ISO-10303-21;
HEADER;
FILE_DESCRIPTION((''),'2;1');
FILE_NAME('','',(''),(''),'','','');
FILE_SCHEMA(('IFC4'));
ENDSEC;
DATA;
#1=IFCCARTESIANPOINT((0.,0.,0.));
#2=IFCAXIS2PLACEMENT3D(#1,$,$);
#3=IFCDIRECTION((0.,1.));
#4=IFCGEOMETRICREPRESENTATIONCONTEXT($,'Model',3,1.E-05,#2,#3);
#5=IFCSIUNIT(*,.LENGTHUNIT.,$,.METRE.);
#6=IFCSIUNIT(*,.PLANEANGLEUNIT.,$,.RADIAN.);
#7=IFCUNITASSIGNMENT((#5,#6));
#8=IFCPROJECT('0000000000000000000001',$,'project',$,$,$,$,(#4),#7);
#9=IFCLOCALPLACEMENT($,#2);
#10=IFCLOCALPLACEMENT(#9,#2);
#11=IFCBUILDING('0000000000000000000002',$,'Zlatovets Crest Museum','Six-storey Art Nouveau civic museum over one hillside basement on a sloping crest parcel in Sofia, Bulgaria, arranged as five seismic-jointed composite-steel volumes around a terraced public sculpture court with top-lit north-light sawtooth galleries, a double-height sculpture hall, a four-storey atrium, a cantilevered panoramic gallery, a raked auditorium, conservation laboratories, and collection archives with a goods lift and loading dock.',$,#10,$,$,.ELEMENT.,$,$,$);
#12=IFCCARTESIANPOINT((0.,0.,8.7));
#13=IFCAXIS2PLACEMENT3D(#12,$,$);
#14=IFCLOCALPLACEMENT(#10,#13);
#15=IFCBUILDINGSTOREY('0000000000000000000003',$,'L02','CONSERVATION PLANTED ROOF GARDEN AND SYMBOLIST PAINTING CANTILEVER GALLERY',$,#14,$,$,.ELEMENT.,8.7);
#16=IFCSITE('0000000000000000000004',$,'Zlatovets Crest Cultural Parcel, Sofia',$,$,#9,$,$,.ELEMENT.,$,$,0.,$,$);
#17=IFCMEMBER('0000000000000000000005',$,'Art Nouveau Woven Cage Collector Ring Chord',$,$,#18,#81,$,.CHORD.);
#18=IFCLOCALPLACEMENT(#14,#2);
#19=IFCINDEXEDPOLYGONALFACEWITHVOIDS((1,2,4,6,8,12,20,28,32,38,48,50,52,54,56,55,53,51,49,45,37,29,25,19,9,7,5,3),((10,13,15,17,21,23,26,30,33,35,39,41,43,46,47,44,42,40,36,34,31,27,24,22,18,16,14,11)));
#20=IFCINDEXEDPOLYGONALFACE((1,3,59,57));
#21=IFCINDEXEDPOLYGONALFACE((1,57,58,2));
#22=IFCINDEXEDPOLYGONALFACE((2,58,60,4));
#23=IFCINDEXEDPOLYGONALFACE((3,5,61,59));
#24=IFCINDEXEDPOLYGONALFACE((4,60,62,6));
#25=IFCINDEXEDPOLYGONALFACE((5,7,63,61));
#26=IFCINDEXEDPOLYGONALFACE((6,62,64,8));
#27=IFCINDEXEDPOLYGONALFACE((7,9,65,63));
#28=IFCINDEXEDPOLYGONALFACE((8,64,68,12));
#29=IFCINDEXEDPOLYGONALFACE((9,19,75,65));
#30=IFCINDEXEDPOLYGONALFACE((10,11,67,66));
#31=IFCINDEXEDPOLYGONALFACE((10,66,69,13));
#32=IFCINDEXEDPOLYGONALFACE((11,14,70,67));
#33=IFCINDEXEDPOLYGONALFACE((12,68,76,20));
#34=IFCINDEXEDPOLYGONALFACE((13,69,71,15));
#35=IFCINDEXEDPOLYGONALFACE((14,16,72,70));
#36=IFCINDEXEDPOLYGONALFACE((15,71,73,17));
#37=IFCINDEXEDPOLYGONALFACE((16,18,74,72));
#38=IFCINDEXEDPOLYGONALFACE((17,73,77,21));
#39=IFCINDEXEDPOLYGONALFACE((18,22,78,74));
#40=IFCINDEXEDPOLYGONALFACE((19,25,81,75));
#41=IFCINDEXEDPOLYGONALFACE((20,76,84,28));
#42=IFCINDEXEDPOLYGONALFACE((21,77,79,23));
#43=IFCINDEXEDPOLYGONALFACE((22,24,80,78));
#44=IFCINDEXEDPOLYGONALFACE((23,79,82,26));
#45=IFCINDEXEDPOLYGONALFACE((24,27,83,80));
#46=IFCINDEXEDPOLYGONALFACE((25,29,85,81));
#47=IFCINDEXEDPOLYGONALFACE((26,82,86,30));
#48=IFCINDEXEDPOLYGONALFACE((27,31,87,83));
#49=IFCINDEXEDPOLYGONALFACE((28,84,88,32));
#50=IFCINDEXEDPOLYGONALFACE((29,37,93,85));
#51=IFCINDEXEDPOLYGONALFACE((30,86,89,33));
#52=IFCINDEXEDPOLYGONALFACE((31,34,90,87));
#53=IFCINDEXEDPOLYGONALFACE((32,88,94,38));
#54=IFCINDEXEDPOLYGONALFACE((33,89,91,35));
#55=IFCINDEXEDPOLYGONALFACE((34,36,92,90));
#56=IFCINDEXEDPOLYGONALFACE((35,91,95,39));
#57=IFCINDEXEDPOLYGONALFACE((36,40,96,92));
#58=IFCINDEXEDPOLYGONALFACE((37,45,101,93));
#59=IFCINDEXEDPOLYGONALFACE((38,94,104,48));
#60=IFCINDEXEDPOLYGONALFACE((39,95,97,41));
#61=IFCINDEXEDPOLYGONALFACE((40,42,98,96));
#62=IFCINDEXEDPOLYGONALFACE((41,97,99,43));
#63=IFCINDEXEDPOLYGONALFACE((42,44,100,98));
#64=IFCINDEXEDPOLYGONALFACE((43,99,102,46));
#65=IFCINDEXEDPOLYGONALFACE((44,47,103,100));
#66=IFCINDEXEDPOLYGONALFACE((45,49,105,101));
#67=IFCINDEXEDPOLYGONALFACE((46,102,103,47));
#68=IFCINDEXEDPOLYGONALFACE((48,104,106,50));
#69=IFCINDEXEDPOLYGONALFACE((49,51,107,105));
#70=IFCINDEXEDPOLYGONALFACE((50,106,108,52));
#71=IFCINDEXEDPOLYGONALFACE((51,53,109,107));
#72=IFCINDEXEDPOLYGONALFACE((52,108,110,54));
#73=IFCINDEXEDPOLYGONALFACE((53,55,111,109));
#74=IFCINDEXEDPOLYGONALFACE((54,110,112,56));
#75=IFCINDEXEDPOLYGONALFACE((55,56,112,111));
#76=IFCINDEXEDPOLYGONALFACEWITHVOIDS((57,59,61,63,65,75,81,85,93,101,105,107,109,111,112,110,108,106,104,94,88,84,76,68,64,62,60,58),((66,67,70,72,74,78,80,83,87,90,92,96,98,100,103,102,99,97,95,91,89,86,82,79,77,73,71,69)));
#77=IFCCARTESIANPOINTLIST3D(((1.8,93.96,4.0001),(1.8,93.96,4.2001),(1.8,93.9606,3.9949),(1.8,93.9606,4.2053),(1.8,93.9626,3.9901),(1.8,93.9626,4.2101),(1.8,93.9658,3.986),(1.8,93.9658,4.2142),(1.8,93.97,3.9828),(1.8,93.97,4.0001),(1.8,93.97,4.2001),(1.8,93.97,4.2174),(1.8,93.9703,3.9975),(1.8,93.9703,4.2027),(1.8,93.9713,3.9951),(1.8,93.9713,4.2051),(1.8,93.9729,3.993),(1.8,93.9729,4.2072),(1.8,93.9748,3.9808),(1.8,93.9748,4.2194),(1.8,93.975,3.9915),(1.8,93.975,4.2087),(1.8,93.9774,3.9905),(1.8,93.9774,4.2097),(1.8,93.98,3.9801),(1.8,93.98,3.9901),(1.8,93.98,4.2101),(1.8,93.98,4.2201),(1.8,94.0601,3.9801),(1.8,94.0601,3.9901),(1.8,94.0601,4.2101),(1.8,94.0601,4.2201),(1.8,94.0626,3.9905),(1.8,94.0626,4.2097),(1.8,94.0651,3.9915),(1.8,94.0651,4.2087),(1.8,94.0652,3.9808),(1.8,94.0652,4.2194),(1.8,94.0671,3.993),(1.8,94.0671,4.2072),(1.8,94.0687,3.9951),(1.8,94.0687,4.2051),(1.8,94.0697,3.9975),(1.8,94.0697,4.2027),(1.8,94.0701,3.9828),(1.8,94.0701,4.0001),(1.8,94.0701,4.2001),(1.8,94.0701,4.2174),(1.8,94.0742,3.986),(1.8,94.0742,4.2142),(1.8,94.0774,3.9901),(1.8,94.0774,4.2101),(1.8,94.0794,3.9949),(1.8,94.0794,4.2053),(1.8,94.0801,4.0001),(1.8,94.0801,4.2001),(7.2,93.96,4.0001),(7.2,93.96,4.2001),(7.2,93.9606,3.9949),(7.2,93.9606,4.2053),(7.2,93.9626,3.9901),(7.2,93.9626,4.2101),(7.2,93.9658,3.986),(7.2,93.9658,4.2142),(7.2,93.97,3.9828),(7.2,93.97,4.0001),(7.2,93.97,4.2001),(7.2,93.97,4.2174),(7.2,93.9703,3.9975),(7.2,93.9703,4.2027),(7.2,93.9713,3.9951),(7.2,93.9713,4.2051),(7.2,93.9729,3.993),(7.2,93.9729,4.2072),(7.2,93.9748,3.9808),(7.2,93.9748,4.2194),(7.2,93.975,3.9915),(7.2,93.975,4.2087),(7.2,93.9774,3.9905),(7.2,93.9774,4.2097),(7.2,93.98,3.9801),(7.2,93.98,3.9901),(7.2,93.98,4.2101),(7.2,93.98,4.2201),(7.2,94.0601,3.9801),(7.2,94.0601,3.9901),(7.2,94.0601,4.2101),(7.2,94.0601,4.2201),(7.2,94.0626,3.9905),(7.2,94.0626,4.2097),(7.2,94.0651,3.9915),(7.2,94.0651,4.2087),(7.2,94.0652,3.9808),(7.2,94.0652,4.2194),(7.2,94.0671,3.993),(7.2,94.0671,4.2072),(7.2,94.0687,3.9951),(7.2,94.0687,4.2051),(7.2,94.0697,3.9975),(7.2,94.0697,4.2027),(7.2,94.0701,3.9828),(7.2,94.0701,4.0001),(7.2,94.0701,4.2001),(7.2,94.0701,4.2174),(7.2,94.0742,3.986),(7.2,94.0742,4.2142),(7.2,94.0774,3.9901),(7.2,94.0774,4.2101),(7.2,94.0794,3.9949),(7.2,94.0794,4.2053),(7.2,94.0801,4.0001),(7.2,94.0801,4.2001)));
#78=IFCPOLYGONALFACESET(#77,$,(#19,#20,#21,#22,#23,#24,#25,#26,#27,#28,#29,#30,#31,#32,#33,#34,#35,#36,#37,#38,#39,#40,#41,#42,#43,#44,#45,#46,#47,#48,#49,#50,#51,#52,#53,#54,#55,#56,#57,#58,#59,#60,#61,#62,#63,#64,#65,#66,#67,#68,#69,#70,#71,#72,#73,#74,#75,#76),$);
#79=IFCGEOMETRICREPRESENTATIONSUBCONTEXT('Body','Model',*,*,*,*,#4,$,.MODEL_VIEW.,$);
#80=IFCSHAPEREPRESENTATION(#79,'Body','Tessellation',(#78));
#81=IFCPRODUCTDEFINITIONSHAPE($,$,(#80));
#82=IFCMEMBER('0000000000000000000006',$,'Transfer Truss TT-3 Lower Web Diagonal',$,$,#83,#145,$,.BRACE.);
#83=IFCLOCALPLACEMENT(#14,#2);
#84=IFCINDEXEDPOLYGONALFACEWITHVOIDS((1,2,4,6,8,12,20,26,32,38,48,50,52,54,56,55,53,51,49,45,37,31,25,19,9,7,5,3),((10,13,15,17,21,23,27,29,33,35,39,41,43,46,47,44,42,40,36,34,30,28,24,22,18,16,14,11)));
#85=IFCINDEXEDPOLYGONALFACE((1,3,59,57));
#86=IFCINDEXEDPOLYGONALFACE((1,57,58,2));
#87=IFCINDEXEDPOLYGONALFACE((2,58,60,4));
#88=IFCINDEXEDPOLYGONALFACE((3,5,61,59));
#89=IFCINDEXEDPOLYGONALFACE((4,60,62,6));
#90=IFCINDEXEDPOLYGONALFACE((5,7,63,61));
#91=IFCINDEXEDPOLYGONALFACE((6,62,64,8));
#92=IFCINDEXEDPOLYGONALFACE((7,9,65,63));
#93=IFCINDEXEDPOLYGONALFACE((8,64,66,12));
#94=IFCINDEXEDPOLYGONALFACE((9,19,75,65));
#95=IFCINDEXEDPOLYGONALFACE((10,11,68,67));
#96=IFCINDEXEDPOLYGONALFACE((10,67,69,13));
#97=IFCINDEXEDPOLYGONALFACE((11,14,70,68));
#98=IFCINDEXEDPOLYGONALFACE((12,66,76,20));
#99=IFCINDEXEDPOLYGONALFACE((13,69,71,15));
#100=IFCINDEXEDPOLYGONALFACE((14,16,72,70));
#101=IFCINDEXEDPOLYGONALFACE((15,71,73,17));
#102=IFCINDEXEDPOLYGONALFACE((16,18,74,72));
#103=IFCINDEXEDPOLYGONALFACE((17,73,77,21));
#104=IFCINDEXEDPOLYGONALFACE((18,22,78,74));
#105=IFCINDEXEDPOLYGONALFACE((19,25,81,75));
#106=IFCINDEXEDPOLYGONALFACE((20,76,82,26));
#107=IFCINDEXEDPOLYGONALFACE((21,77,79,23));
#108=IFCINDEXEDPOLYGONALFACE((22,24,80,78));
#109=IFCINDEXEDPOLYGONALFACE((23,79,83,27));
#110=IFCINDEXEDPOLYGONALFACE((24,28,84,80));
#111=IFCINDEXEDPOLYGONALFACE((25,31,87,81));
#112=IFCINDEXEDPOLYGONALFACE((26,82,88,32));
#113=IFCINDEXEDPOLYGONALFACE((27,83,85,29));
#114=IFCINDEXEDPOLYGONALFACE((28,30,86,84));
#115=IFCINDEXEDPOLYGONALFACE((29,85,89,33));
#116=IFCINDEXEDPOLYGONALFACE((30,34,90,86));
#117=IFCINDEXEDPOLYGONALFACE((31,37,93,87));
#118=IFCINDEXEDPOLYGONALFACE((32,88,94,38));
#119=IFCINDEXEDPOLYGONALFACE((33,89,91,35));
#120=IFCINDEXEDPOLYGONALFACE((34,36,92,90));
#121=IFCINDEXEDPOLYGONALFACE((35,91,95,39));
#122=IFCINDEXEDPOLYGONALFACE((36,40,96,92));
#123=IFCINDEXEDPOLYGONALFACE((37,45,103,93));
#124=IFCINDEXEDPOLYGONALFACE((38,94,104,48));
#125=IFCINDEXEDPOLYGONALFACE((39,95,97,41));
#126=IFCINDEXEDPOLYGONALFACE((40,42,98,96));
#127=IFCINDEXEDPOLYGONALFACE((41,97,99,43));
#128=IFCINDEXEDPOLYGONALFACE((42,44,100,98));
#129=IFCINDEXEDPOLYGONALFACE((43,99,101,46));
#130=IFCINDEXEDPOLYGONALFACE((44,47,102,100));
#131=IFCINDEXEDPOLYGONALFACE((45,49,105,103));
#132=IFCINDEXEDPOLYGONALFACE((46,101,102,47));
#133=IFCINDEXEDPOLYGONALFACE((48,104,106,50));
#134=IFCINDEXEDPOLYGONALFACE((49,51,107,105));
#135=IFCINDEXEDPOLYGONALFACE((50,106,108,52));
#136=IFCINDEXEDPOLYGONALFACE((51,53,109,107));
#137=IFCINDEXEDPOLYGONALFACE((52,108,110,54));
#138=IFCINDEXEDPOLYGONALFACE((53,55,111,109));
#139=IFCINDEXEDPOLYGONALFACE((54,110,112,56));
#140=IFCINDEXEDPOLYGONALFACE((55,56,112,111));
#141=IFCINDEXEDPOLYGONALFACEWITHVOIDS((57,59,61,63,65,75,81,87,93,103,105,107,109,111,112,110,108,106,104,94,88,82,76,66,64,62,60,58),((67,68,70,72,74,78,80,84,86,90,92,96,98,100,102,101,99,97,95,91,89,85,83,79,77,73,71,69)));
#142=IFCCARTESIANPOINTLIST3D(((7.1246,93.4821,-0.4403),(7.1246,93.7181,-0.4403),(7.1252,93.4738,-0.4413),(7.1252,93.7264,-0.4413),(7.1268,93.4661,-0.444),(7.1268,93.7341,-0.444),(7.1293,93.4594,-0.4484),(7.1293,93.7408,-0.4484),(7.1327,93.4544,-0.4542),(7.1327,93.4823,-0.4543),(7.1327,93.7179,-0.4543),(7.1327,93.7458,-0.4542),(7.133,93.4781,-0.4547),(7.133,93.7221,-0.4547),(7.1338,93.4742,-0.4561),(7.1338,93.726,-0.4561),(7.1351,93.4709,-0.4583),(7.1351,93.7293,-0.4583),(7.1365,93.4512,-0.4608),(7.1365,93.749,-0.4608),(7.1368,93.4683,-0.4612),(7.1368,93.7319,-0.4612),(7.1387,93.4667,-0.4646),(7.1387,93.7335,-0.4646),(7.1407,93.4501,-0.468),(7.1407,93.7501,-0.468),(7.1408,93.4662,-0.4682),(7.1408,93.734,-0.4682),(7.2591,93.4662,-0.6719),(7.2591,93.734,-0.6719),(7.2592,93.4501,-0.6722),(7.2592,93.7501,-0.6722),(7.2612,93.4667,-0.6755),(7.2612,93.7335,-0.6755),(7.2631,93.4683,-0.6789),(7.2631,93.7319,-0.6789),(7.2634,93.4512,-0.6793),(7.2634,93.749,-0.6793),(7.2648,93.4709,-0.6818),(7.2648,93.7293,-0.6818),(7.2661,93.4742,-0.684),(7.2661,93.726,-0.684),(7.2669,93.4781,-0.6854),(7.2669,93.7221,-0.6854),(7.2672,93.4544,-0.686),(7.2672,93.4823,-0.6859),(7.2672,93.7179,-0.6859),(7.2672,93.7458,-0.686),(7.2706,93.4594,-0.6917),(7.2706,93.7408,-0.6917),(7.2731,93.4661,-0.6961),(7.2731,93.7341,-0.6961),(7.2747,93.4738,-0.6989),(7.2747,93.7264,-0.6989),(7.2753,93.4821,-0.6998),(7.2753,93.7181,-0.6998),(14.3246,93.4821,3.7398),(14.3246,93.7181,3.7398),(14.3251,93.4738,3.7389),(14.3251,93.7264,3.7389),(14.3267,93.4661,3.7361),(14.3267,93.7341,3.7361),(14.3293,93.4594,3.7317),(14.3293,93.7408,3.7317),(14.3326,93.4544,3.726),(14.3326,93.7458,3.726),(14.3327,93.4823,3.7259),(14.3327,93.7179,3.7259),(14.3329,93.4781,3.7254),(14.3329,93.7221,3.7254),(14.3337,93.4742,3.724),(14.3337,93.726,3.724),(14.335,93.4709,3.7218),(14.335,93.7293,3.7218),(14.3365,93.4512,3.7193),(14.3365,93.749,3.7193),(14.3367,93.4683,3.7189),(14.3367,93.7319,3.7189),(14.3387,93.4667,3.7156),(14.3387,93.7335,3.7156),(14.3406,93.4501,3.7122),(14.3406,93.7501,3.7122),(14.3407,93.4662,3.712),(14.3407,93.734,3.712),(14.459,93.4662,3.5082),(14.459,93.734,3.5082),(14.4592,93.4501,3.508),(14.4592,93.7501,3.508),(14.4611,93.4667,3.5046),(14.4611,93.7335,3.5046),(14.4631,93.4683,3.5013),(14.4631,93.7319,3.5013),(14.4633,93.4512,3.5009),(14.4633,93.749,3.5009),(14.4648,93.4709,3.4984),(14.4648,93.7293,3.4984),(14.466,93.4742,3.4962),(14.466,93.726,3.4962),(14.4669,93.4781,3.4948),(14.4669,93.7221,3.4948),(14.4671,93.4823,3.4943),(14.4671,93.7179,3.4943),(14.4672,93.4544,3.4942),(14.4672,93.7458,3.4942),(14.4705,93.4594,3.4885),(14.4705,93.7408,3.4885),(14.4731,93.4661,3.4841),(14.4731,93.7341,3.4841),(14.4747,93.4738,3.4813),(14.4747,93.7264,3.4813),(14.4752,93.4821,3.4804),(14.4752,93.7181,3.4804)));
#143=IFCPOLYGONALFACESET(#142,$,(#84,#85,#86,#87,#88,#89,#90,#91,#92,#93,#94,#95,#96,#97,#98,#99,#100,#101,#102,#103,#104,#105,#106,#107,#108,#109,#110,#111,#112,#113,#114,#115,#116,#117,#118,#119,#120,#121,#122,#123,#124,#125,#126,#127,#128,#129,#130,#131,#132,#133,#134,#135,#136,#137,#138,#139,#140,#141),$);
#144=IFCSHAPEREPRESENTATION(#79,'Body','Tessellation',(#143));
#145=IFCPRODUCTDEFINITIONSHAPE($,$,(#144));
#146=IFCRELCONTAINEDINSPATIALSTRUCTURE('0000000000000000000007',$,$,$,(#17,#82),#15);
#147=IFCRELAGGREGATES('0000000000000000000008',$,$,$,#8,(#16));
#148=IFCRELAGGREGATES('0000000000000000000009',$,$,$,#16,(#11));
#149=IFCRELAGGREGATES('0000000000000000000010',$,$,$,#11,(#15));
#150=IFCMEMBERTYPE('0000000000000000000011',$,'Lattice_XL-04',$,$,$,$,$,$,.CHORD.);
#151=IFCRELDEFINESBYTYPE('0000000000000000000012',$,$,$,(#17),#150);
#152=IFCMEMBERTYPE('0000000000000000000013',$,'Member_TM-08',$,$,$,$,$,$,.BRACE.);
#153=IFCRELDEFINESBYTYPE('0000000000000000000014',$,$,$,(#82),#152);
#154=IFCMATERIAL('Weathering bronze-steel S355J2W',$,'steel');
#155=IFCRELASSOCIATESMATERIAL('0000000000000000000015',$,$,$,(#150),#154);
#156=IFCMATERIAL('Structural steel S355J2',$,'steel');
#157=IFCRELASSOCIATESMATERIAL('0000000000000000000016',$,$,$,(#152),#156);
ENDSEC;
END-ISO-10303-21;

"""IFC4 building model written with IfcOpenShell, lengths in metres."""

from ifc_helpers import new_model, si_unit, direction, frame, origin, origin_2d, place, context, subcontext, project, spatial, hollow_rectangle, extrude, material, material_profile, profile_set, type_object, element, save


model = new_model("IFC4")

# Units and contexts
model_context = context("Model", 3, precision=1e-05, world=origin(), true_north=direction((0.0, 1.0)))
body_context = subcontext(model_context, "Body", "Model", "MODEL_VIEW")
ifc_project = project(units=[si_unit("LENGTHUNIT", "METRE"), si_unit("PLANEANGLEUNIT", "RADIAN")], contexts=[model_context])

# Site, building, storey
site_placement = place(None, origin())
site = spatial("IfcSite", under=ifc_project, at=site_placement, Name="Zlatovets Crest Cultural Parcel, Sofia", CompositionType="ELEMENT", RefElevation=0.0)
building_placement = place(site_placement, origin())
building = spatial("IfcBuilding", under=site, at=building_placement, Name="Zlatovets Crest Museum", Description="Six-storey Art Nouveau civic museum over one hillside basement on a sloping crest parcel in Sofia, Bulgaria, arranged as five seismic-jointed composite-steel volumes around a terraced public sculpture court with top-lit north-light sawtooth galleries, a double-height sculpture hall, a four-storey atrium, a cantilevered panoramic gallery, a raked auditorium, conservation laboratories, and collection archives with a goods lift and loading dock.", CompositionType="ELEMENT")
storey_placement = place(building_placement, frame((0.0, 0.0, 8.7)))
storey = spatial("IfcBuildingStorey", under=building, at=storey_placement, Name="L02", Description="CONSERVATION PLANTED ROOF GARDEN AND SYMBOLIST PAINTING CANTILEVER GALLERY", CompositionType="ELEMENT", Elevation=8.7)

# Shared definitions
ifc_material_1 = material(Name="Structural steel S355J2", Category="steel")

# Members
ifc_material_2 = material(Name="Weathering bronze-steel S355J2W", Category="steel")
ifc_material_profile_1 = material_profile(ifc_material_2, hollow_rectangle(XDim=0.1201, YDim=0.24, WallThickness=0.01, InnerFilletRadius=0.01, OuterFilletRadius=0.02, at=origin_2d()), Name="RHS 120x240x10.0")
ifc_profile_set_1 = profile_set([ifc_material_profile_1], Name="Weathering bronze-steel S355J2W")
member_type_1 = type_object("IfcMemberType", Name="Lattice_XL-04", PredefinedType="CHORD", material=ifc_profile_set_1)
member_1_placement = place(storey_placement, frame((7.2, 94.02, 4.1001), z_axis=(-1.0, 0.0, 0.0), x_axis=(0.0, -1.0, 0.0)))
element("IfcMember", 1, at=member_1_placement, inside=storey, type_object=member_type_1, Name="Art Nouveau Woven Cage Collector Ring Chord", PredefinedType="CHORD", context=body_context, shape_type="SweptSolid", body=[
    extrude(hollow_rectangle(XDim=0.1201, YDim=0.24, WallThickness=0.01, InnerFilletRadius=0.01, OuterFilletRadius=0.02, at=origin_2d()), origin(), (0.0, 0.0, 1.0), 5.3999),
])
ifc_material_profile_2 = material_profile(ifc_material_1, hollow_rectangle(XDim=0.3, YDim=0.3, WallThickness=0.0161, InnerFilletRadius=0.0161, OuterFilletRadius=0.032, at=origin_2d()), Name="SHS 300x300x16.0")
ifc_profile_set_2 = profile_set([ifc_material_profile_2], Name="Structural steel S355J2")
member_type_2 = type_object("IfcMemberType", Name="Member_TM-08", PredefinedType="BRACE", material=ifc_profile_set_2)
member_2_placement = place(storey_placement, frame((7.2, 93.6001, -0.5701), z_axis=(0.864812, 0.0, 0.502096), x_axis=(0.0, 1.0, 0.0)))
element("IfcMember", 2, at=member_2_placement, inside=storey, type_object=member_type_2, Name="Transfer Truss TT-3 Lower Web Diagonal", PredefinedType="BRACE", context=body_context, shape_type="SweptSolid", body=[
    extrude(hollow_rectangle(XDim=0.3, YDim=0.3, WallThickness=0.0161, InnerFilletRadius=0.0161, OuterFilletRadius=0.032, at=origin_2d()), origin(), (0.0, 0.0, 1.0), 8.3254),
])

save(model, "model.ifc")
